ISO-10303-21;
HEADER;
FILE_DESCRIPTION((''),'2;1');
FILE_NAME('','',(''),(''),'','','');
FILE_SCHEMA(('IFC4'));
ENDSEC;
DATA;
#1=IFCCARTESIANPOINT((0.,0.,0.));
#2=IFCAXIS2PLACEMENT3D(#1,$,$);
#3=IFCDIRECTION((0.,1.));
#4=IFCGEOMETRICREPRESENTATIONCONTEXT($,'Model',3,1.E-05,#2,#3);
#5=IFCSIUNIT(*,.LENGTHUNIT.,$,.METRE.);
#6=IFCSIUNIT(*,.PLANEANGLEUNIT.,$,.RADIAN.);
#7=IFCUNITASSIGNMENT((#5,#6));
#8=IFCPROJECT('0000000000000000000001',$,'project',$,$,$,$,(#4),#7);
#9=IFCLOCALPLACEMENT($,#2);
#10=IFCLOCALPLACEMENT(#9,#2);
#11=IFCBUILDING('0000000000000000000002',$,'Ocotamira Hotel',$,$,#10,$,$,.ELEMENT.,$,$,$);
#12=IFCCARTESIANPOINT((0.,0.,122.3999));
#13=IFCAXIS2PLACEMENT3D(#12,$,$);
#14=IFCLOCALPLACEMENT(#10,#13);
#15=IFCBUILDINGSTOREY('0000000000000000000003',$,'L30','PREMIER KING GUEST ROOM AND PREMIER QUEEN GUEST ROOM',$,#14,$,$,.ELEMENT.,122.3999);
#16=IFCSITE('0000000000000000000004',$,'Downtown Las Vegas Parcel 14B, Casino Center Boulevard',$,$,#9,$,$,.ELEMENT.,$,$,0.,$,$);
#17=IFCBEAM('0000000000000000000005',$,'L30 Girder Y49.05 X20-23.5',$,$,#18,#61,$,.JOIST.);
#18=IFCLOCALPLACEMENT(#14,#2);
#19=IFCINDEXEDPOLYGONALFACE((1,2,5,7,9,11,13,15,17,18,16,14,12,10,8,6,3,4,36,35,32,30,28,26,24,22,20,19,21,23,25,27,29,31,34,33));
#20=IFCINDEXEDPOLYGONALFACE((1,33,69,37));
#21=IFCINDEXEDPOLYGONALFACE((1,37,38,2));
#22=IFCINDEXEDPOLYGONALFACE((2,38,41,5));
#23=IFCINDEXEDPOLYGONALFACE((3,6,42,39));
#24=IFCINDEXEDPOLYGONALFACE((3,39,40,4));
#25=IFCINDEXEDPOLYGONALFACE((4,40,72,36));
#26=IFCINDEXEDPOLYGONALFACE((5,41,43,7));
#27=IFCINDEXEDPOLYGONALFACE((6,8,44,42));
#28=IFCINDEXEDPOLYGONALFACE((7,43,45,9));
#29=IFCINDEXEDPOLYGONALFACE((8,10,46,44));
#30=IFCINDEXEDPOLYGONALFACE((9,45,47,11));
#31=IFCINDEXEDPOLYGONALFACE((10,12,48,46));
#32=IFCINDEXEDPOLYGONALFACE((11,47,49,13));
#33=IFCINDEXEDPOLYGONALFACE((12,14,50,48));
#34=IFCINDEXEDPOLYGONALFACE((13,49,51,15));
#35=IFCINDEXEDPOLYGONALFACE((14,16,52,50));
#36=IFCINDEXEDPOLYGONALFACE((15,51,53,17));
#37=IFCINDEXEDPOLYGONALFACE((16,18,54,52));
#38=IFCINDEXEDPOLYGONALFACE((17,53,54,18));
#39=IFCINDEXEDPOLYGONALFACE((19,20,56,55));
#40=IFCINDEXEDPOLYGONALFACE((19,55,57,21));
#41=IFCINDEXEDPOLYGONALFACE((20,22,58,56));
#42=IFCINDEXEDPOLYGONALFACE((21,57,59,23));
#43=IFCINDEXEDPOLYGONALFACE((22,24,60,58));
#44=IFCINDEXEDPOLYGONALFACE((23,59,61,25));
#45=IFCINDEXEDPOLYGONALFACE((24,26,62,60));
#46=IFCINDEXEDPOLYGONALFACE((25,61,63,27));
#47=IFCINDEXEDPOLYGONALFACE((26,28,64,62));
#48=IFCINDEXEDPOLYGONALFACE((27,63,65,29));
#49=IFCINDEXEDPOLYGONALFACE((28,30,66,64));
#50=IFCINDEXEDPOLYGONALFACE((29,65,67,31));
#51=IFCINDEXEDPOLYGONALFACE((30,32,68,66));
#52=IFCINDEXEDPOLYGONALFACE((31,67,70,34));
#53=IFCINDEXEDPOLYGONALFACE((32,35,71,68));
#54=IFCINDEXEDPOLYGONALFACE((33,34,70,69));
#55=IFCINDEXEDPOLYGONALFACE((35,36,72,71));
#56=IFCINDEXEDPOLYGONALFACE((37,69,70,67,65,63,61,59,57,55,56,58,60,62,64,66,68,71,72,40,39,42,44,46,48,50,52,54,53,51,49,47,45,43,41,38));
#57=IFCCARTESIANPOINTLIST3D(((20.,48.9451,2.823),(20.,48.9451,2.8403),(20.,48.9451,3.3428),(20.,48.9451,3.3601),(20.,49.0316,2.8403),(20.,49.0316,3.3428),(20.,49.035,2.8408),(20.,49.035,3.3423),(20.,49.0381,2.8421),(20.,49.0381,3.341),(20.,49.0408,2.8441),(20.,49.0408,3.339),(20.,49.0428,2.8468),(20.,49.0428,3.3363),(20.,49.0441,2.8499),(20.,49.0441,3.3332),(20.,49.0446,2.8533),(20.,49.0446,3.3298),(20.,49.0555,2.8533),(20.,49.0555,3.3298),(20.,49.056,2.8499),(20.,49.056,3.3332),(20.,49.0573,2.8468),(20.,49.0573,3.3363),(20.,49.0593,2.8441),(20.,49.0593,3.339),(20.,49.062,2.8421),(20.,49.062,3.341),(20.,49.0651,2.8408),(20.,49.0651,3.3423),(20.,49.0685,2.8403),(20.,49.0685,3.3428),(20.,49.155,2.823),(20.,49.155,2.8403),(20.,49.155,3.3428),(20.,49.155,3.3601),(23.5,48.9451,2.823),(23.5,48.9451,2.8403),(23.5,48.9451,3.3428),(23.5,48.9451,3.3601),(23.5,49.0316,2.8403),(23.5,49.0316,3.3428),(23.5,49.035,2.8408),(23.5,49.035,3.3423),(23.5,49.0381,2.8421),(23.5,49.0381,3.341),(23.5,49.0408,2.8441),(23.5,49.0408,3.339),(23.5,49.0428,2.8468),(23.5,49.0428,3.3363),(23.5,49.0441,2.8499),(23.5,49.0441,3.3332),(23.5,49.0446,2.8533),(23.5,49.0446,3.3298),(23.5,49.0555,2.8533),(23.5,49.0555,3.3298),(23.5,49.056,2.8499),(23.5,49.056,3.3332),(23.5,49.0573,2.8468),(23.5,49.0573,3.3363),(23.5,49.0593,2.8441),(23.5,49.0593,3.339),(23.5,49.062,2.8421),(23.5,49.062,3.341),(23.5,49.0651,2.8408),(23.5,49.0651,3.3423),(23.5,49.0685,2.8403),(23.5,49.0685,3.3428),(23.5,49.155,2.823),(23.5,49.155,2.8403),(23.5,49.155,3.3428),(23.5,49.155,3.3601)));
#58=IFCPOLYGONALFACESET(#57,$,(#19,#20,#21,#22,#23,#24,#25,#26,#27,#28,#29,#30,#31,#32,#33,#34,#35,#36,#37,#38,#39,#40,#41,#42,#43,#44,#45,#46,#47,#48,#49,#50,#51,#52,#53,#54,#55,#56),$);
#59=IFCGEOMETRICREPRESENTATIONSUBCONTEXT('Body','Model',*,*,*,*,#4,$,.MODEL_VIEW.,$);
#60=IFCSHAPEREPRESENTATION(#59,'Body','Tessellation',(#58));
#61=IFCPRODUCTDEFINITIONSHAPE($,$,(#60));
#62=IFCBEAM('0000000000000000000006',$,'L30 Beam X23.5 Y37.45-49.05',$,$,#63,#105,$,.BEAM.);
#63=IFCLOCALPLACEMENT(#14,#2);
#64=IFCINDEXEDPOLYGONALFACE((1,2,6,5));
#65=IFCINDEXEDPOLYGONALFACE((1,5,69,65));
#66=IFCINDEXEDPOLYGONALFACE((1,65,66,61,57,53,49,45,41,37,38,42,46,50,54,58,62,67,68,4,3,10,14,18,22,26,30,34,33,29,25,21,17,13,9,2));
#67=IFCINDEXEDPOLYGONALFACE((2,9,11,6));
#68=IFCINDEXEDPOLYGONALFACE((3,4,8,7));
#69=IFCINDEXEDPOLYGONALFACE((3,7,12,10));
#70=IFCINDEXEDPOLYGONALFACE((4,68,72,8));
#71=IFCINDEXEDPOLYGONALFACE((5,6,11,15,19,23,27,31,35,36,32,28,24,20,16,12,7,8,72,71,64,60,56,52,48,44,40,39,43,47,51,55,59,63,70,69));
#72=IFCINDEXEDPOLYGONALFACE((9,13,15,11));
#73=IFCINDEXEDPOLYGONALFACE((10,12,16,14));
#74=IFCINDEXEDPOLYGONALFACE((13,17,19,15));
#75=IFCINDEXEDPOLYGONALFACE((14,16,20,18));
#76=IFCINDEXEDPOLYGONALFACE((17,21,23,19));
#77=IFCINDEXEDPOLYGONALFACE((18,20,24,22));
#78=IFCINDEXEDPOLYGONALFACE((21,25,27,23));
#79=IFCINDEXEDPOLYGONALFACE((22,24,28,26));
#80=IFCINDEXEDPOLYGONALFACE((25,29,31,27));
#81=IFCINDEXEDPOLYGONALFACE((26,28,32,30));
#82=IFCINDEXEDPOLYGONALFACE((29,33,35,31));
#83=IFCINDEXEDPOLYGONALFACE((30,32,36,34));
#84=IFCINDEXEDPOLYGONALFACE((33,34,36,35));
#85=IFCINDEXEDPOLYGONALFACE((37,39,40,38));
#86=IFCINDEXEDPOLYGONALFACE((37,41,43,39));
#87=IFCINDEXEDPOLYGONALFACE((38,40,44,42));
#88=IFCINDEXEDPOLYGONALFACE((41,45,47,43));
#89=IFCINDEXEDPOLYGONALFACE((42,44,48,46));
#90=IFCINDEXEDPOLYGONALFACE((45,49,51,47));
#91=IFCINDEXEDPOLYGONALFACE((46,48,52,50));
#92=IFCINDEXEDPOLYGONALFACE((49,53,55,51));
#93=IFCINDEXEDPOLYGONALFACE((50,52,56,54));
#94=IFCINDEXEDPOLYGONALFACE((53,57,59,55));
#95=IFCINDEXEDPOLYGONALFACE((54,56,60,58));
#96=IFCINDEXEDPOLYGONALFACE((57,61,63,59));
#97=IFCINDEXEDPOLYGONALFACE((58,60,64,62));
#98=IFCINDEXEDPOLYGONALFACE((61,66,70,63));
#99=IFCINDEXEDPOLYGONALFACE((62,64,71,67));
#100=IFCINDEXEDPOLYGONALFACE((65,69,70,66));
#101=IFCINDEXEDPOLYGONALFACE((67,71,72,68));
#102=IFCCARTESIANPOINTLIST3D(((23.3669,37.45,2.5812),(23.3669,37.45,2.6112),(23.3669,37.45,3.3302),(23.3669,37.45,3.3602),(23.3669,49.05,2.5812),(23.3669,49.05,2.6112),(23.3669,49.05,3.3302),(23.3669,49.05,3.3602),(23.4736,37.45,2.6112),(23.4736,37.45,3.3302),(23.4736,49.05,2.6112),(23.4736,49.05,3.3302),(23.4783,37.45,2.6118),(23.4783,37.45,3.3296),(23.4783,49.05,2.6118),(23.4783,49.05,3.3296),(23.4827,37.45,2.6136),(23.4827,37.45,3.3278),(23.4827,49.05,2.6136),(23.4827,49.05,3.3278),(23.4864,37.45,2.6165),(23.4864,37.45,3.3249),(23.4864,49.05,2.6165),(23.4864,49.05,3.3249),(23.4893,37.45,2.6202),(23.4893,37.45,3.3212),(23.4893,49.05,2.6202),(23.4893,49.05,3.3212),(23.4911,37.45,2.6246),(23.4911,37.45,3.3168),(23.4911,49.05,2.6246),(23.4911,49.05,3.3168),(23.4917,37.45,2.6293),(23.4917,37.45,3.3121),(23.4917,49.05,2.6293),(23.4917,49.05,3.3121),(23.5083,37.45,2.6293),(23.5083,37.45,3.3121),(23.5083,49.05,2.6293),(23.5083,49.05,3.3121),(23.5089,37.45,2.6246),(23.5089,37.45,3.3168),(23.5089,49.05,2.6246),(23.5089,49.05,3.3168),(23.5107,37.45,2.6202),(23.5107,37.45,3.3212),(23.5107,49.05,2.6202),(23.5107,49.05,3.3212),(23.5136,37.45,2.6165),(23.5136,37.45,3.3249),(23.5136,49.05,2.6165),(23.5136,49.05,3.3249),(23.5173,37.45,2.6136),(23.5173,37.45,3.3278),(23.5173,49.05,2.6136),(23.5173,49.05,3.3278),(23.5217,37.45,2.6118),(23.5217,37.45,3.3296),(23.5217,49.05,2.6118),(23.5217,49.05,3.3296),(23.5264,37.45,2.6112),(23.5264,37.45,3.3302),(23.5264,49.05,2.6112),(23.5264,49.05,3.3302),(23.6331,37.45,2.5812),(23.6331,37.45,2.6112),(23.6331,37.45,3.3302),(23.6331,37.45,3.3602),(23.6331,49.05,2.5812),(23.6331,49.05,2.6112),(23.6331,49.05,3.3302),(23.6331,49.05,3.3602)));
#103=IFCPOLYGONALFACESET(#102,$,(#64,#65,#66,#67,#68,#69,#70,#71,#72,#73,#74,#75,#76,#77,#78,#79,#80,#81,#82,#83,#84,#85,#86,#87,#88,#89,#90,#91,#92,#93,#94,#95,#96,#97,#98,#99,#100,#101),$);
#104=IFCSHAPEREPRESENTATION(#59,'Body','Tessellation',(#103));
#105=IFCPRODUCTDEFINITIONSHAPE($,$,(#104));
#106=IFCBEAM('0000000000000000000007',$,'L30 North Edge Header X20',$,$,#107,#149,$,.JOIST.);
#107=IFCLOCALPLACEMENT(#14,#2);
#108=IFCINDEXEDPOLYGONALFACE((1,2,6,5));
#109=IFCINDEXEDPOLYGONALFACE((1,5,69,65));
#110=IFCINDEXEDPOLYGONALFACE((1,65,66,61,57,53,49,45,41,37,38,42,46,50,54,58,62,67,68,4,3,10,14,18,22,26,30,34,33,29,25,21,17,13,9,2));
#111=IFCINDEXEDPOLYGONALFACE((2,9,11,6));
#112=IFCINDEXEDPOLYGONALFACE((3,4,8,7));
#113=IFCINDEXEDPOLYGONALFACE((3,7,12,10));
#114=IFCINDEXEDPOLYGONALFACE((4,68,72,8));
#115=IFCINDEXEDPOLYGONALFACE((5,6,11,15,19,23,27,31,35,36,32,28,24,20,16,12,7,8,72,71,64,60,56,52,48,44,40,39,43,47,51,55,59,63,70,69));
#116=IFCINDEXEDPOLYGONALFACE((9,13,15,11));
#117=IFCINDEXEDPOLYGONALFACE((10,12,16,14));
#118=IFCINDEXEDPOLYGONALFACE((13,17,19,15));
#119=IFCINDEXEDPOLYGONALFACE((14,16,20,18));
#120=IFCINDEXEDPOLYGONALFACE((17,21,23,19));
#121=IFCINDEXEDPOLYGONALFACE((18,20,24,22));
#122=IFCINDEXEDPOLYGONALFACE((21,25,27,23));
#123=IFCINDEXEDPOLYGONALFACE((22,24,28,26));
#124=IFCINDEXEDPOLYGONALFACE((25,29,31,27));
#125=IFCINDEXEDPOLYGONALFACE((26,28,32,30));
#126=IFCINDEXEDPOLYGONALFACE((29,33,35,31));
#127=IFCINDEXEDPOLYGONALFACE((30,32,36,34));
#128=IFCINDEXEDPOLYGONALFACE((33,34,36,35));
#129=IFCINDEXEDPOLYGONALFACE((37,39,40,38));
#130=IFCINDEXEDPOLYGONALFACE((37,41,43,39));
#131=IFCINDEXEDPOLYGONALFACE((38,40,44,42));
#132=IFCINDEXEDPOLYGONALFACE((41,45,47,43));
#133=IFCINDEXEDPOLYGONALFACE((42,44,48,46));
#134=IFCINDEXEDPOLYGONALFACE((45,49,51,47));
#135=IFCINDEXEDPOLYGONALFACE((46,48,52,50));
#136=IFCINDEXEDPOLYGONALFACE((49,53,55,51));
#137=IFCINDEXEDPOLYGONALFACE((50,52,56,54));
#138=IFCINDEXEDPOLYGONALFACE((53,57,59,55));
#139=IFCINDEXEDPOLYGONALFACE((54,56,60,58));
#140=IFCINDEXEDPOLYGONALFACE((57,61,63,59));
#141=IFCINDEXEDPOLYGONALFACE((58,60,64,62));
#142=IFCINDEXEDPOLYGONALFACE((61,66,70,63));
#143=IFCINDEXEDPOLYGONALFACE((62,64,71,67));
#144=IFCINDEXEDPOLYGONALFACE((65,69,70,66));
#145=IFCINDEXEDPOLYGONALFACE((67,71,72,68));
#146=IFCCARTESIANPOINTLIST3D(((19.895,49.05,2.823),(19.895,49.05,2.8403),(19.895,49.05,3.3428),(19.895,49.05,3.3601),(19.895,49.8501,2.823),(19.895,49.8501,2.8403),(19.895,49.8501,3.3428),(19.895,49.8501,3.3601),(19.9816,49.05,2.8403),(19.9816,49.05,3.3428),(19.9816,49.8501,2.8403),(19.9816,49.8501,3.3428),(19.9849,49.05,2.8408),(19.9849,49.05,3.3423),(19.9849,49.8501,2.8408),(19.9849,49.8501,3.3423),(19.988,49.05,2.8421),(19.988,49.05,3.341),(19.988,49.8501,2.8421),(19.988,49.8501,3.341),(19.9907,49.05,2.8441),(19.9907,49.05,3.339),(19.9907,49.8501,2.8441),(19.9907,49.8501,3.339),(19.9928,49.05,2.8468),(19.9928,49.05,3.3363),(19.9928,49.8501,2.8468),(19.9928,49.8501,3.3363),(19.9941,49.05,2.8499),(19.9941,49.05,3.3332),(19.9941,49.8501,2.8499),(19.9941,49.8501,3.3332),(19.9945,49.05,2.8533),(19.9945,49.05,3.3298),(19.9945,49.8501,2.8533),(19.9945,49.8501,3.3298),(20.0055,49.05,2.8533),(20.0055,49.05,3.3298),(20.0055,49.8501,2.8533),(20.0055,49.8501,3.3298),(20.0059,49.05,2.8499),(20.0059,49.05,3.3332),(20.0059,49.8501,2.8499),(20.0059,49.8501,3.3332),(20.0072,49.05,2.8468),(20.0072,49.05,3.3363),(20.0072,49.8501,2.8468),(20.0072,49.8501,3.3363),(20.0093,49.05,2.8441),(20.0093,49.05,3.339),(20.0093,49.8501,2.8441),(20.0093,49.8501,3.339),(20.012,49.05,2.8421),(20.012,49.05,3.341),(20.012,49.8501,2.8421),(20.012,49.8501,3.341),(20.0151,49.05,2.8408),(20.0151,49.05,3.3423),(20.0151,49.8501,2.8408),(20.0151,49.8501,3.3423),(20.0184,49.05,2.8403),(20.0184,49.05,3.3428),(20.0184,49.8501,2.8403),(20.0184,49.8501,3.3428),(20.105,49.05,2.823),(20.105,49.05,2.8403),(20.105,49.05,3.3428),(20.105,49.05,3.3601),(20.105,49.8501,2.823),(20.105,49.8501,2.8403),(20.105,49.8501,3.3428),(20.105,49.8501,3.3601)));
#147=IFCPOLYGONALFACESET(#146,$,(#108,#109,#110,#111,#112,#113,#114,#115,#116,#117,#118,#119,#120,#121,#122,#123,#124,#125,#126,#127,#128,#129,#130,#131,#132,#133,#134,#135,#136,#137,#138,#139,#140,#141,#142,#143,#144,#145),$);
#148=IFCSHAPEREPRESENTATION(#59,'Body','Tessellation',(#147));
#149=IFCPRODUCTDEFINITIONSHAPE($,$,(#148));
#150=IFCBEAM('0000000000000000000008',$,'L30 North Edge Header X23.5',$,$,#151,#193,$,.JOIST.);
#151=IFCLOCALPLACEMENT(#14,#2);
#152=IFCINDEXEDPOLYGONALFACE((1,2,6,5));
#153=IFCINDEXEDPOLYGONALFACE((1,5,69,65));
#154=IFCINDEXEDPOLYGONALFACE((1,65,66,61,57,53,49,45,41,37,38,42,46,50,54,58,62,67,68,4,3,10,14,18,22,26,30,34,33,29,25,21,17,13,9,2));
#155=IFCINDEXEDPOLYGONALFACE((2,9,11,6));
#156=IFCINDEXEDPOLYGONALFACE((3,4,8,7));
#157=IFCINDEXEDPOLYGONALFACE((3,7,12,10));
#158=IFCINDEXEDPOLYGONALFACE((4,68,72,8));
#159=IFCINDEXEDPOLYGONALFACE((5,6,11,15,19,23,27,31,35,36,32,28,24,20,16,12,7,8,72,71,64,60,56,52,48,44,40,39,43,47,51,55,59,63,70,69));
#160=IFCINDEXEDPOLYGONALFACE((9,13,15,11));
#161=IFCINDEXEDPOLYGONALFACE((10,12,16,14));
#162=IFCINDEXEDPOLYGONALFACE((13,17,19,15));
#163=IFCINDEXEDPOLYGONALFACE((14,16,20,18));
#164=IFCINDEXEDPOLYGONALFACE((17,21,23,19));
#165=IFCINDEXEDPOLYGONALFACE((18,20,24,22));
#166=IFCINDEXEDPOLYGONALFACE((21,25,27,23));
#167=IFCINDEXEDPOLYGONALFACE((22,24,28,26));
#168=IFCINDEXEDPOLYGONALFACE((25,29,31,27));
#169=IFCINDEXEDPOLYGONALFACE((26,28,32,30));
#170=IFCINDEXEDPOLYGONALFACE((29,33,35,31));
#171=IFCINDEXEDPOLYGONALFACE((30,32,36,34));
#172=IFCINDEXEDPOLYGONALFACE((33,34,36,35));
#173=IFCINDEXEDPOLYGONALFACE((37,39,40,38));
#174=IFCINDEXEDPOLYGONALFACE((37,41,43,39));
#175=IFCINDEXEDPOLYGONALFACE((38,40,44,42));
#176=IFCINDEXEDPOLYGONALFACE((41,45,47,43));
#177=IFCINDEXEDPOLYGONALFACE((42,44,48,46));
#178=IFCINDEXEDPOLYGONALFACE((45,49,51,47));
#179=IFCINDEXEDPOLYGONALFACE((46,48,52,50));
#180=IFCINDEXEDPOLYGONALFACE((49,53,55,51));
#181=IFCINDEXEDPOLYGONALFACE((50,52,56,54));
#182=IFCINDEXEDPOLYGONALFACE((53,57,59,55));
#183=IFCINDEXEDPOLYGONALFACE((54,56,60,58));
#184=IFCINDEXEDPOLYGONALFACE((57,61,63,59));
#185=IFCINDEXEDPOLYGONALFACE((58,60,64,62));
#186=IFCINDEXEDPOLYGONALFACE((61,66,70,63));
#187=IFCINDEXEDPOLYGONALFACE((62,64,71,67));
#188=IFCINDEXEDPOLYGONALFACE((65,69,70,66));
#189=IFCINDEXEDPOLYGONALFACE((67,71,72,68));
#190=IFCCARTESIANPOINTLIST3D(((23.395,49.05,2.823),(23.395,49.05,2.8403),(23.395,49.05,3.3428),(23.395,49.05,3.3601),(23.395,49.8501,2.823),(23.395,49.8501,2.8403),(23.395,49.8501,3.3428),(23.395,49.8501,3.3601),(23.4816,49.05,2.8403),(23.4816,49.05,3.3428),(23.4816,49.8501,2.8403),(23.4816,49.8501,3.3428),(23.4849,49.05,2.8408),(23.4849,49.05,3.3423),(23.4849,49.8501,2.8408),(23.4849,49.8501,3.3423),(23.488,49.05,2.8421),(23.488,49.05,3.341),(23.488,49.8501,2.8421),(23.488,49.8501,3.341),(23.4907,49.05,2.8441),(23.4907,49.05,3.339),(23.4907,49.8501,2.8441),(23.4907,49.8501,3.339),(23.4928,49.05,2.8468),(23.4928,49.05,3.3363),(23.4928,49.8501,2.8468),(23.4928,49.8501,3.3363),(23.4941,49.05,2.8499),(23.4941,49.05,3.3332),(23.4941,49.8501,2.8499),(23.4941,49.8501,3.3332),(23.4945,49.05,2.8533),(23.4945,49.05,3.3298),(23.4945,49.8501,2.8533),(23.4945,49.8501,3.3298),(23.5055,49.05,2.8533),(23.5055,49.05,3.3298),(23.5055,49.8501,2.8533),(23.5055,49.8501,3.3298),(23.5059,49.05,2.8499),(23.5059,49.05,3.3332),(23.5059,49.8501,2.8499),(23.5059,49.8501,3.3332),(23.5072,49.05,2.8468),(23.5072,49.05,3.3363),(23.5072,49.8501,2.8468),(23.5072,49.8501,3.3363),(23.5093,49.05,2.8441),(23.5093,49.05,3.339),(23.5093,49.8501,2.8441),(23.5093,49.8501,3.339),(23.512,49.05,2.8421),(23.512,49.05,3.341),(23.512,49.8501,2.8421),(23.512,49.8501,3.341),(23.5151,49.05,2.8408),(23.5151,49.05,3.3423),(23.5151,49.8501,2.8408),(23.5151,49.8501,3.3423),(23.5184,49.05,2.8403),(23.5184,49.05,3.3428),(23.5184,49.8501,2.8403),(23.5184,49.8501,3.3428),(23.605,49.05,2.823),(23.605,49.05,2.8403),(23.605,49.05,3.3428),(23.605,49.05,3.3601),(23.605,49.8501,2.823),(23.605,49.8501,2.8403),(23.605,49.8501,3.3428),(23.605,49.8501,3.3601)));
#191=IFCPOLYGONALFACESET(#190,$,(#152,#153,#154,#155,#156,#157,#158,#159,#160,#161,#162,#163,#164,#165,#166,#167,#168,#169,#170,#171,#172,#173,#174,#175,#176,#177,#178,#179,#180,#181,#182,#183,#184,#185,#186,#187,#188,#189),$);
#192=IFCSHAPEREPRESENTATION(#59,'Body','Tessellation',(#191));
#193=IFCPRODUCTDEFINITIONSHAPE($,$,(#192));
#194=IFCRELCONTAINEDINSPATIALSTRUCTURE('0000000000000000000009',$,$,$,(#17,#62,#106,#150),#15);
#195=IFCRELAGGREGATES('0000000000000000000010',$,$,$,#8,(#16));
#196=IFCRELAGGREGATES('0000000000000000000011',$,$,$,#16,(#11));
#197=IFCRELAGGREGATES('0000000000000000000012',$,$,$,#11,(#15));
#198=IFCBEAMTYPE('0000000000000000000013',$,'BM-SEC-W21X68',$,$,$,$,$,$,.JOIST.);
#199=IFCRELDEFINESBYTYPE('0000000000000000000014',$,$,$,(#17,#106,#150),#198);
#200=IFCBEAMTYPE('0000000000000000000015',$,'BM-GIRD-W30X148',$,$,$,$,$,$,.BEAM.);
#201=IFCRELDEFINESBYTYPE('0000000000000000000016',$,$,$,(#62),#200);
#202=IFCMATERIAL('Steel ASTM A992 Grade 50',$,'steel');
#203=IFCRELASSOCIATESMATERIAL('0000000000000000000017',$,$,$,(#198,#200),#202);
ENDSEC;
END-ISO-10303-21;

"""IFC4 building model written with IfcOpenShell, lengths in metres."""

from ifc_helpers import new_model, si_unit, direction, frame, origin, origin_2d, place, context, subcontext, project, spatial, i_section, extrude, source, transform, mapped, material, material_profile, profile_set, type_object, element, save


model = new_model("IFC4")

# Units and contexts
model_context = context("Model", 3, precision=1e-05, world=origin(), true_north=direction((0.0, 1.0)))
body_context = subcontext(model_context, "Body", "Model", "MODEL_VIEW")
ifc_project = project(units=[si_unit("LENGTHUNIT", "METRE"), si_unit("PLANEANGLEUNIT", "RADIAN")], contexts=[model_context])

# Site, building, storey
site_placement = place(None, origin())
site = spatial("IfcSite", under=ifc_project, at=site_placement, Name="Downtown Las Vegas Parcel 14B, Casino Center Boulevard", CompositionType="ELEMENT", RefElevation=0.0)
building_placement = place(site_placement, origin())
building = spatial("IfcBuilding", under=site, at=building_placement, Name="Ocotamira Hotel", CompositionType="ELEMENT")
storey_placement = place(building_placement, frame((0.0, 0.0, 122.3999)))
storey = spatial("IfcBuildingStorey", under=building, at=storey_placement, Name="L30", Description="PREMIER KING GUEST ROOM AND PREMIER QUEEN GUEST ROOM", CompositionType="ELEMENT", Elevation=122.3999)

# Beams
ifc_material_1 = material(Name="Steel ASTM A992 Grade 50", Category="steel")
ifc_material_profile_1 = material_profile(ifc_material_1, i_section(OverallWidth=0.21, OverallDepth=0.5371, WebThickness=0.011, FlangeThickness=0.0173, FilletRadius=0.0129, at=origin_2d()), Name="W21X68")
ifc_profile_set_1 = profile_set([ifc_material_profile_1], Name="Steel ASTM A992 Grade 50")
beam_type_1 = type_object("IfcBeamType", Name="BM-SEC-W21X68", PredefinedType="JOIST", material=ifc_profile_set_1)
shared_shape_1 = source(origin(), body_context, "Body", "SweptSolid", [
    extrude(i_section(OverallWidth=0.21, OverallDepth=0.5371, WebThickness=0.011, FlangeThickness=0.0173, FilletRadius=0.0129, at=origin_2d()), origin(), (0.0, 0.0, 1.0), 3.5),
])
beam_1_placement = place(storey_placement, frame((20.0, 49.05, 3.0916), z_axis=(1.0, 0.0, 0.0), x_axis=(0.0, 1.0, 0.0)))
element("IfcBeam", 1, at=beam_1_placement, inside=storey, type_object=beam_type_1, Name="L30 Girder Y49.05 X20-23.5", PredefinedType="JOIST", context=body_context, shape_type="MappedRepresentation", body=[
    mapped(shared_shape_1, transform((0.0, 0.0, 0.0), scale=1.0)),
])
ifc_material_profile_2 = material_profile(ifc_material_1, i_section(OverallWidth=0.2661, OverallDepth=0.7791, WebThickness=0.0166, FlangeThickness=0.03, FilletRadius=0.0181, at=origin_2d()), Name="W30X148")
ifc_profile_set_2 = profile_set([ifc_material_profile_2], Name="Steel ASTM A992 Grade 50")
beam_type_2 = type_object("IfcBeamType", Name="BM-GIRD-W30X148", PredefinedType="BEAM", material=ifc_profile_set_2)
shared_shape_2 = source(origin(), body_context, "Body", "SweptSolid", [
    extrude(i_section(OverallWidth=0.2661, OverallDepth=0.7791, WebThickness=0.0166, FlangeThickness=0.03, FilletRadius=0.0181, at=origin_2d()), origin(), (0.0, 0.0, 1.0), 11.6001),
])
beam_2_placement = place(storey_placement, frame((23.5, 37.45, 2.9707), z_axis=(0.0, 1.0, 0.0), x_axis=(-1.0, 0.0, 0.0)))
element("IfcBeam", 2, at=beam_2_placement, inside=storey, type_object=beam_type_2, Name="L30 Beam X23.5 Y37.45-49.05", PredefinedType="BEAM", context=body_context, shape_type="MappedRepresentation", body=[
    mapped(shared_shape_2, transform((0.0, 0.0, 0.0), scale=1.0)),
])
shared_shape_3 = source(origin(), body_context, "Body", "SweptSolid", [
    extrude(i_section(OverallWidth=0.21, OverallDepth=0.5371, WebThickness=0.011, FlangeThickness=0.0173, FilletRadius=0.0129, at=origin_2d()), origin(), (0.0, 0.0, 1.0), 0.8),
])
for number, where, z_axis, x_axis, name in (
    (3, (20.0, 49.05, 3.0916), (0.0, 1.0, 0.0), (-1.0, 0.0, 0.0), "L30 North Edge Header X20"),
    (4, (23.5, 49.05, 3.0916), (0.0, 1.0, 0.0), (-1.0, 0.0, 0.0), "L30 North Edge Header X23.5"),
):
    element("IfcBeam", number, at=place(storey_placement, frame(where, z_axis=z_axis, x_axis=x_axis)), inside=storey, type_object=beam_type_1, Name=name, PredefinedType="JOIST", context=body_context, shape_type="MappedRepresentation", body=[
        mapped(shared_shape_3, transform((0.0, 0.0, 0.0), scale=1.0)),
    ])

save(model, "model.ifc")
